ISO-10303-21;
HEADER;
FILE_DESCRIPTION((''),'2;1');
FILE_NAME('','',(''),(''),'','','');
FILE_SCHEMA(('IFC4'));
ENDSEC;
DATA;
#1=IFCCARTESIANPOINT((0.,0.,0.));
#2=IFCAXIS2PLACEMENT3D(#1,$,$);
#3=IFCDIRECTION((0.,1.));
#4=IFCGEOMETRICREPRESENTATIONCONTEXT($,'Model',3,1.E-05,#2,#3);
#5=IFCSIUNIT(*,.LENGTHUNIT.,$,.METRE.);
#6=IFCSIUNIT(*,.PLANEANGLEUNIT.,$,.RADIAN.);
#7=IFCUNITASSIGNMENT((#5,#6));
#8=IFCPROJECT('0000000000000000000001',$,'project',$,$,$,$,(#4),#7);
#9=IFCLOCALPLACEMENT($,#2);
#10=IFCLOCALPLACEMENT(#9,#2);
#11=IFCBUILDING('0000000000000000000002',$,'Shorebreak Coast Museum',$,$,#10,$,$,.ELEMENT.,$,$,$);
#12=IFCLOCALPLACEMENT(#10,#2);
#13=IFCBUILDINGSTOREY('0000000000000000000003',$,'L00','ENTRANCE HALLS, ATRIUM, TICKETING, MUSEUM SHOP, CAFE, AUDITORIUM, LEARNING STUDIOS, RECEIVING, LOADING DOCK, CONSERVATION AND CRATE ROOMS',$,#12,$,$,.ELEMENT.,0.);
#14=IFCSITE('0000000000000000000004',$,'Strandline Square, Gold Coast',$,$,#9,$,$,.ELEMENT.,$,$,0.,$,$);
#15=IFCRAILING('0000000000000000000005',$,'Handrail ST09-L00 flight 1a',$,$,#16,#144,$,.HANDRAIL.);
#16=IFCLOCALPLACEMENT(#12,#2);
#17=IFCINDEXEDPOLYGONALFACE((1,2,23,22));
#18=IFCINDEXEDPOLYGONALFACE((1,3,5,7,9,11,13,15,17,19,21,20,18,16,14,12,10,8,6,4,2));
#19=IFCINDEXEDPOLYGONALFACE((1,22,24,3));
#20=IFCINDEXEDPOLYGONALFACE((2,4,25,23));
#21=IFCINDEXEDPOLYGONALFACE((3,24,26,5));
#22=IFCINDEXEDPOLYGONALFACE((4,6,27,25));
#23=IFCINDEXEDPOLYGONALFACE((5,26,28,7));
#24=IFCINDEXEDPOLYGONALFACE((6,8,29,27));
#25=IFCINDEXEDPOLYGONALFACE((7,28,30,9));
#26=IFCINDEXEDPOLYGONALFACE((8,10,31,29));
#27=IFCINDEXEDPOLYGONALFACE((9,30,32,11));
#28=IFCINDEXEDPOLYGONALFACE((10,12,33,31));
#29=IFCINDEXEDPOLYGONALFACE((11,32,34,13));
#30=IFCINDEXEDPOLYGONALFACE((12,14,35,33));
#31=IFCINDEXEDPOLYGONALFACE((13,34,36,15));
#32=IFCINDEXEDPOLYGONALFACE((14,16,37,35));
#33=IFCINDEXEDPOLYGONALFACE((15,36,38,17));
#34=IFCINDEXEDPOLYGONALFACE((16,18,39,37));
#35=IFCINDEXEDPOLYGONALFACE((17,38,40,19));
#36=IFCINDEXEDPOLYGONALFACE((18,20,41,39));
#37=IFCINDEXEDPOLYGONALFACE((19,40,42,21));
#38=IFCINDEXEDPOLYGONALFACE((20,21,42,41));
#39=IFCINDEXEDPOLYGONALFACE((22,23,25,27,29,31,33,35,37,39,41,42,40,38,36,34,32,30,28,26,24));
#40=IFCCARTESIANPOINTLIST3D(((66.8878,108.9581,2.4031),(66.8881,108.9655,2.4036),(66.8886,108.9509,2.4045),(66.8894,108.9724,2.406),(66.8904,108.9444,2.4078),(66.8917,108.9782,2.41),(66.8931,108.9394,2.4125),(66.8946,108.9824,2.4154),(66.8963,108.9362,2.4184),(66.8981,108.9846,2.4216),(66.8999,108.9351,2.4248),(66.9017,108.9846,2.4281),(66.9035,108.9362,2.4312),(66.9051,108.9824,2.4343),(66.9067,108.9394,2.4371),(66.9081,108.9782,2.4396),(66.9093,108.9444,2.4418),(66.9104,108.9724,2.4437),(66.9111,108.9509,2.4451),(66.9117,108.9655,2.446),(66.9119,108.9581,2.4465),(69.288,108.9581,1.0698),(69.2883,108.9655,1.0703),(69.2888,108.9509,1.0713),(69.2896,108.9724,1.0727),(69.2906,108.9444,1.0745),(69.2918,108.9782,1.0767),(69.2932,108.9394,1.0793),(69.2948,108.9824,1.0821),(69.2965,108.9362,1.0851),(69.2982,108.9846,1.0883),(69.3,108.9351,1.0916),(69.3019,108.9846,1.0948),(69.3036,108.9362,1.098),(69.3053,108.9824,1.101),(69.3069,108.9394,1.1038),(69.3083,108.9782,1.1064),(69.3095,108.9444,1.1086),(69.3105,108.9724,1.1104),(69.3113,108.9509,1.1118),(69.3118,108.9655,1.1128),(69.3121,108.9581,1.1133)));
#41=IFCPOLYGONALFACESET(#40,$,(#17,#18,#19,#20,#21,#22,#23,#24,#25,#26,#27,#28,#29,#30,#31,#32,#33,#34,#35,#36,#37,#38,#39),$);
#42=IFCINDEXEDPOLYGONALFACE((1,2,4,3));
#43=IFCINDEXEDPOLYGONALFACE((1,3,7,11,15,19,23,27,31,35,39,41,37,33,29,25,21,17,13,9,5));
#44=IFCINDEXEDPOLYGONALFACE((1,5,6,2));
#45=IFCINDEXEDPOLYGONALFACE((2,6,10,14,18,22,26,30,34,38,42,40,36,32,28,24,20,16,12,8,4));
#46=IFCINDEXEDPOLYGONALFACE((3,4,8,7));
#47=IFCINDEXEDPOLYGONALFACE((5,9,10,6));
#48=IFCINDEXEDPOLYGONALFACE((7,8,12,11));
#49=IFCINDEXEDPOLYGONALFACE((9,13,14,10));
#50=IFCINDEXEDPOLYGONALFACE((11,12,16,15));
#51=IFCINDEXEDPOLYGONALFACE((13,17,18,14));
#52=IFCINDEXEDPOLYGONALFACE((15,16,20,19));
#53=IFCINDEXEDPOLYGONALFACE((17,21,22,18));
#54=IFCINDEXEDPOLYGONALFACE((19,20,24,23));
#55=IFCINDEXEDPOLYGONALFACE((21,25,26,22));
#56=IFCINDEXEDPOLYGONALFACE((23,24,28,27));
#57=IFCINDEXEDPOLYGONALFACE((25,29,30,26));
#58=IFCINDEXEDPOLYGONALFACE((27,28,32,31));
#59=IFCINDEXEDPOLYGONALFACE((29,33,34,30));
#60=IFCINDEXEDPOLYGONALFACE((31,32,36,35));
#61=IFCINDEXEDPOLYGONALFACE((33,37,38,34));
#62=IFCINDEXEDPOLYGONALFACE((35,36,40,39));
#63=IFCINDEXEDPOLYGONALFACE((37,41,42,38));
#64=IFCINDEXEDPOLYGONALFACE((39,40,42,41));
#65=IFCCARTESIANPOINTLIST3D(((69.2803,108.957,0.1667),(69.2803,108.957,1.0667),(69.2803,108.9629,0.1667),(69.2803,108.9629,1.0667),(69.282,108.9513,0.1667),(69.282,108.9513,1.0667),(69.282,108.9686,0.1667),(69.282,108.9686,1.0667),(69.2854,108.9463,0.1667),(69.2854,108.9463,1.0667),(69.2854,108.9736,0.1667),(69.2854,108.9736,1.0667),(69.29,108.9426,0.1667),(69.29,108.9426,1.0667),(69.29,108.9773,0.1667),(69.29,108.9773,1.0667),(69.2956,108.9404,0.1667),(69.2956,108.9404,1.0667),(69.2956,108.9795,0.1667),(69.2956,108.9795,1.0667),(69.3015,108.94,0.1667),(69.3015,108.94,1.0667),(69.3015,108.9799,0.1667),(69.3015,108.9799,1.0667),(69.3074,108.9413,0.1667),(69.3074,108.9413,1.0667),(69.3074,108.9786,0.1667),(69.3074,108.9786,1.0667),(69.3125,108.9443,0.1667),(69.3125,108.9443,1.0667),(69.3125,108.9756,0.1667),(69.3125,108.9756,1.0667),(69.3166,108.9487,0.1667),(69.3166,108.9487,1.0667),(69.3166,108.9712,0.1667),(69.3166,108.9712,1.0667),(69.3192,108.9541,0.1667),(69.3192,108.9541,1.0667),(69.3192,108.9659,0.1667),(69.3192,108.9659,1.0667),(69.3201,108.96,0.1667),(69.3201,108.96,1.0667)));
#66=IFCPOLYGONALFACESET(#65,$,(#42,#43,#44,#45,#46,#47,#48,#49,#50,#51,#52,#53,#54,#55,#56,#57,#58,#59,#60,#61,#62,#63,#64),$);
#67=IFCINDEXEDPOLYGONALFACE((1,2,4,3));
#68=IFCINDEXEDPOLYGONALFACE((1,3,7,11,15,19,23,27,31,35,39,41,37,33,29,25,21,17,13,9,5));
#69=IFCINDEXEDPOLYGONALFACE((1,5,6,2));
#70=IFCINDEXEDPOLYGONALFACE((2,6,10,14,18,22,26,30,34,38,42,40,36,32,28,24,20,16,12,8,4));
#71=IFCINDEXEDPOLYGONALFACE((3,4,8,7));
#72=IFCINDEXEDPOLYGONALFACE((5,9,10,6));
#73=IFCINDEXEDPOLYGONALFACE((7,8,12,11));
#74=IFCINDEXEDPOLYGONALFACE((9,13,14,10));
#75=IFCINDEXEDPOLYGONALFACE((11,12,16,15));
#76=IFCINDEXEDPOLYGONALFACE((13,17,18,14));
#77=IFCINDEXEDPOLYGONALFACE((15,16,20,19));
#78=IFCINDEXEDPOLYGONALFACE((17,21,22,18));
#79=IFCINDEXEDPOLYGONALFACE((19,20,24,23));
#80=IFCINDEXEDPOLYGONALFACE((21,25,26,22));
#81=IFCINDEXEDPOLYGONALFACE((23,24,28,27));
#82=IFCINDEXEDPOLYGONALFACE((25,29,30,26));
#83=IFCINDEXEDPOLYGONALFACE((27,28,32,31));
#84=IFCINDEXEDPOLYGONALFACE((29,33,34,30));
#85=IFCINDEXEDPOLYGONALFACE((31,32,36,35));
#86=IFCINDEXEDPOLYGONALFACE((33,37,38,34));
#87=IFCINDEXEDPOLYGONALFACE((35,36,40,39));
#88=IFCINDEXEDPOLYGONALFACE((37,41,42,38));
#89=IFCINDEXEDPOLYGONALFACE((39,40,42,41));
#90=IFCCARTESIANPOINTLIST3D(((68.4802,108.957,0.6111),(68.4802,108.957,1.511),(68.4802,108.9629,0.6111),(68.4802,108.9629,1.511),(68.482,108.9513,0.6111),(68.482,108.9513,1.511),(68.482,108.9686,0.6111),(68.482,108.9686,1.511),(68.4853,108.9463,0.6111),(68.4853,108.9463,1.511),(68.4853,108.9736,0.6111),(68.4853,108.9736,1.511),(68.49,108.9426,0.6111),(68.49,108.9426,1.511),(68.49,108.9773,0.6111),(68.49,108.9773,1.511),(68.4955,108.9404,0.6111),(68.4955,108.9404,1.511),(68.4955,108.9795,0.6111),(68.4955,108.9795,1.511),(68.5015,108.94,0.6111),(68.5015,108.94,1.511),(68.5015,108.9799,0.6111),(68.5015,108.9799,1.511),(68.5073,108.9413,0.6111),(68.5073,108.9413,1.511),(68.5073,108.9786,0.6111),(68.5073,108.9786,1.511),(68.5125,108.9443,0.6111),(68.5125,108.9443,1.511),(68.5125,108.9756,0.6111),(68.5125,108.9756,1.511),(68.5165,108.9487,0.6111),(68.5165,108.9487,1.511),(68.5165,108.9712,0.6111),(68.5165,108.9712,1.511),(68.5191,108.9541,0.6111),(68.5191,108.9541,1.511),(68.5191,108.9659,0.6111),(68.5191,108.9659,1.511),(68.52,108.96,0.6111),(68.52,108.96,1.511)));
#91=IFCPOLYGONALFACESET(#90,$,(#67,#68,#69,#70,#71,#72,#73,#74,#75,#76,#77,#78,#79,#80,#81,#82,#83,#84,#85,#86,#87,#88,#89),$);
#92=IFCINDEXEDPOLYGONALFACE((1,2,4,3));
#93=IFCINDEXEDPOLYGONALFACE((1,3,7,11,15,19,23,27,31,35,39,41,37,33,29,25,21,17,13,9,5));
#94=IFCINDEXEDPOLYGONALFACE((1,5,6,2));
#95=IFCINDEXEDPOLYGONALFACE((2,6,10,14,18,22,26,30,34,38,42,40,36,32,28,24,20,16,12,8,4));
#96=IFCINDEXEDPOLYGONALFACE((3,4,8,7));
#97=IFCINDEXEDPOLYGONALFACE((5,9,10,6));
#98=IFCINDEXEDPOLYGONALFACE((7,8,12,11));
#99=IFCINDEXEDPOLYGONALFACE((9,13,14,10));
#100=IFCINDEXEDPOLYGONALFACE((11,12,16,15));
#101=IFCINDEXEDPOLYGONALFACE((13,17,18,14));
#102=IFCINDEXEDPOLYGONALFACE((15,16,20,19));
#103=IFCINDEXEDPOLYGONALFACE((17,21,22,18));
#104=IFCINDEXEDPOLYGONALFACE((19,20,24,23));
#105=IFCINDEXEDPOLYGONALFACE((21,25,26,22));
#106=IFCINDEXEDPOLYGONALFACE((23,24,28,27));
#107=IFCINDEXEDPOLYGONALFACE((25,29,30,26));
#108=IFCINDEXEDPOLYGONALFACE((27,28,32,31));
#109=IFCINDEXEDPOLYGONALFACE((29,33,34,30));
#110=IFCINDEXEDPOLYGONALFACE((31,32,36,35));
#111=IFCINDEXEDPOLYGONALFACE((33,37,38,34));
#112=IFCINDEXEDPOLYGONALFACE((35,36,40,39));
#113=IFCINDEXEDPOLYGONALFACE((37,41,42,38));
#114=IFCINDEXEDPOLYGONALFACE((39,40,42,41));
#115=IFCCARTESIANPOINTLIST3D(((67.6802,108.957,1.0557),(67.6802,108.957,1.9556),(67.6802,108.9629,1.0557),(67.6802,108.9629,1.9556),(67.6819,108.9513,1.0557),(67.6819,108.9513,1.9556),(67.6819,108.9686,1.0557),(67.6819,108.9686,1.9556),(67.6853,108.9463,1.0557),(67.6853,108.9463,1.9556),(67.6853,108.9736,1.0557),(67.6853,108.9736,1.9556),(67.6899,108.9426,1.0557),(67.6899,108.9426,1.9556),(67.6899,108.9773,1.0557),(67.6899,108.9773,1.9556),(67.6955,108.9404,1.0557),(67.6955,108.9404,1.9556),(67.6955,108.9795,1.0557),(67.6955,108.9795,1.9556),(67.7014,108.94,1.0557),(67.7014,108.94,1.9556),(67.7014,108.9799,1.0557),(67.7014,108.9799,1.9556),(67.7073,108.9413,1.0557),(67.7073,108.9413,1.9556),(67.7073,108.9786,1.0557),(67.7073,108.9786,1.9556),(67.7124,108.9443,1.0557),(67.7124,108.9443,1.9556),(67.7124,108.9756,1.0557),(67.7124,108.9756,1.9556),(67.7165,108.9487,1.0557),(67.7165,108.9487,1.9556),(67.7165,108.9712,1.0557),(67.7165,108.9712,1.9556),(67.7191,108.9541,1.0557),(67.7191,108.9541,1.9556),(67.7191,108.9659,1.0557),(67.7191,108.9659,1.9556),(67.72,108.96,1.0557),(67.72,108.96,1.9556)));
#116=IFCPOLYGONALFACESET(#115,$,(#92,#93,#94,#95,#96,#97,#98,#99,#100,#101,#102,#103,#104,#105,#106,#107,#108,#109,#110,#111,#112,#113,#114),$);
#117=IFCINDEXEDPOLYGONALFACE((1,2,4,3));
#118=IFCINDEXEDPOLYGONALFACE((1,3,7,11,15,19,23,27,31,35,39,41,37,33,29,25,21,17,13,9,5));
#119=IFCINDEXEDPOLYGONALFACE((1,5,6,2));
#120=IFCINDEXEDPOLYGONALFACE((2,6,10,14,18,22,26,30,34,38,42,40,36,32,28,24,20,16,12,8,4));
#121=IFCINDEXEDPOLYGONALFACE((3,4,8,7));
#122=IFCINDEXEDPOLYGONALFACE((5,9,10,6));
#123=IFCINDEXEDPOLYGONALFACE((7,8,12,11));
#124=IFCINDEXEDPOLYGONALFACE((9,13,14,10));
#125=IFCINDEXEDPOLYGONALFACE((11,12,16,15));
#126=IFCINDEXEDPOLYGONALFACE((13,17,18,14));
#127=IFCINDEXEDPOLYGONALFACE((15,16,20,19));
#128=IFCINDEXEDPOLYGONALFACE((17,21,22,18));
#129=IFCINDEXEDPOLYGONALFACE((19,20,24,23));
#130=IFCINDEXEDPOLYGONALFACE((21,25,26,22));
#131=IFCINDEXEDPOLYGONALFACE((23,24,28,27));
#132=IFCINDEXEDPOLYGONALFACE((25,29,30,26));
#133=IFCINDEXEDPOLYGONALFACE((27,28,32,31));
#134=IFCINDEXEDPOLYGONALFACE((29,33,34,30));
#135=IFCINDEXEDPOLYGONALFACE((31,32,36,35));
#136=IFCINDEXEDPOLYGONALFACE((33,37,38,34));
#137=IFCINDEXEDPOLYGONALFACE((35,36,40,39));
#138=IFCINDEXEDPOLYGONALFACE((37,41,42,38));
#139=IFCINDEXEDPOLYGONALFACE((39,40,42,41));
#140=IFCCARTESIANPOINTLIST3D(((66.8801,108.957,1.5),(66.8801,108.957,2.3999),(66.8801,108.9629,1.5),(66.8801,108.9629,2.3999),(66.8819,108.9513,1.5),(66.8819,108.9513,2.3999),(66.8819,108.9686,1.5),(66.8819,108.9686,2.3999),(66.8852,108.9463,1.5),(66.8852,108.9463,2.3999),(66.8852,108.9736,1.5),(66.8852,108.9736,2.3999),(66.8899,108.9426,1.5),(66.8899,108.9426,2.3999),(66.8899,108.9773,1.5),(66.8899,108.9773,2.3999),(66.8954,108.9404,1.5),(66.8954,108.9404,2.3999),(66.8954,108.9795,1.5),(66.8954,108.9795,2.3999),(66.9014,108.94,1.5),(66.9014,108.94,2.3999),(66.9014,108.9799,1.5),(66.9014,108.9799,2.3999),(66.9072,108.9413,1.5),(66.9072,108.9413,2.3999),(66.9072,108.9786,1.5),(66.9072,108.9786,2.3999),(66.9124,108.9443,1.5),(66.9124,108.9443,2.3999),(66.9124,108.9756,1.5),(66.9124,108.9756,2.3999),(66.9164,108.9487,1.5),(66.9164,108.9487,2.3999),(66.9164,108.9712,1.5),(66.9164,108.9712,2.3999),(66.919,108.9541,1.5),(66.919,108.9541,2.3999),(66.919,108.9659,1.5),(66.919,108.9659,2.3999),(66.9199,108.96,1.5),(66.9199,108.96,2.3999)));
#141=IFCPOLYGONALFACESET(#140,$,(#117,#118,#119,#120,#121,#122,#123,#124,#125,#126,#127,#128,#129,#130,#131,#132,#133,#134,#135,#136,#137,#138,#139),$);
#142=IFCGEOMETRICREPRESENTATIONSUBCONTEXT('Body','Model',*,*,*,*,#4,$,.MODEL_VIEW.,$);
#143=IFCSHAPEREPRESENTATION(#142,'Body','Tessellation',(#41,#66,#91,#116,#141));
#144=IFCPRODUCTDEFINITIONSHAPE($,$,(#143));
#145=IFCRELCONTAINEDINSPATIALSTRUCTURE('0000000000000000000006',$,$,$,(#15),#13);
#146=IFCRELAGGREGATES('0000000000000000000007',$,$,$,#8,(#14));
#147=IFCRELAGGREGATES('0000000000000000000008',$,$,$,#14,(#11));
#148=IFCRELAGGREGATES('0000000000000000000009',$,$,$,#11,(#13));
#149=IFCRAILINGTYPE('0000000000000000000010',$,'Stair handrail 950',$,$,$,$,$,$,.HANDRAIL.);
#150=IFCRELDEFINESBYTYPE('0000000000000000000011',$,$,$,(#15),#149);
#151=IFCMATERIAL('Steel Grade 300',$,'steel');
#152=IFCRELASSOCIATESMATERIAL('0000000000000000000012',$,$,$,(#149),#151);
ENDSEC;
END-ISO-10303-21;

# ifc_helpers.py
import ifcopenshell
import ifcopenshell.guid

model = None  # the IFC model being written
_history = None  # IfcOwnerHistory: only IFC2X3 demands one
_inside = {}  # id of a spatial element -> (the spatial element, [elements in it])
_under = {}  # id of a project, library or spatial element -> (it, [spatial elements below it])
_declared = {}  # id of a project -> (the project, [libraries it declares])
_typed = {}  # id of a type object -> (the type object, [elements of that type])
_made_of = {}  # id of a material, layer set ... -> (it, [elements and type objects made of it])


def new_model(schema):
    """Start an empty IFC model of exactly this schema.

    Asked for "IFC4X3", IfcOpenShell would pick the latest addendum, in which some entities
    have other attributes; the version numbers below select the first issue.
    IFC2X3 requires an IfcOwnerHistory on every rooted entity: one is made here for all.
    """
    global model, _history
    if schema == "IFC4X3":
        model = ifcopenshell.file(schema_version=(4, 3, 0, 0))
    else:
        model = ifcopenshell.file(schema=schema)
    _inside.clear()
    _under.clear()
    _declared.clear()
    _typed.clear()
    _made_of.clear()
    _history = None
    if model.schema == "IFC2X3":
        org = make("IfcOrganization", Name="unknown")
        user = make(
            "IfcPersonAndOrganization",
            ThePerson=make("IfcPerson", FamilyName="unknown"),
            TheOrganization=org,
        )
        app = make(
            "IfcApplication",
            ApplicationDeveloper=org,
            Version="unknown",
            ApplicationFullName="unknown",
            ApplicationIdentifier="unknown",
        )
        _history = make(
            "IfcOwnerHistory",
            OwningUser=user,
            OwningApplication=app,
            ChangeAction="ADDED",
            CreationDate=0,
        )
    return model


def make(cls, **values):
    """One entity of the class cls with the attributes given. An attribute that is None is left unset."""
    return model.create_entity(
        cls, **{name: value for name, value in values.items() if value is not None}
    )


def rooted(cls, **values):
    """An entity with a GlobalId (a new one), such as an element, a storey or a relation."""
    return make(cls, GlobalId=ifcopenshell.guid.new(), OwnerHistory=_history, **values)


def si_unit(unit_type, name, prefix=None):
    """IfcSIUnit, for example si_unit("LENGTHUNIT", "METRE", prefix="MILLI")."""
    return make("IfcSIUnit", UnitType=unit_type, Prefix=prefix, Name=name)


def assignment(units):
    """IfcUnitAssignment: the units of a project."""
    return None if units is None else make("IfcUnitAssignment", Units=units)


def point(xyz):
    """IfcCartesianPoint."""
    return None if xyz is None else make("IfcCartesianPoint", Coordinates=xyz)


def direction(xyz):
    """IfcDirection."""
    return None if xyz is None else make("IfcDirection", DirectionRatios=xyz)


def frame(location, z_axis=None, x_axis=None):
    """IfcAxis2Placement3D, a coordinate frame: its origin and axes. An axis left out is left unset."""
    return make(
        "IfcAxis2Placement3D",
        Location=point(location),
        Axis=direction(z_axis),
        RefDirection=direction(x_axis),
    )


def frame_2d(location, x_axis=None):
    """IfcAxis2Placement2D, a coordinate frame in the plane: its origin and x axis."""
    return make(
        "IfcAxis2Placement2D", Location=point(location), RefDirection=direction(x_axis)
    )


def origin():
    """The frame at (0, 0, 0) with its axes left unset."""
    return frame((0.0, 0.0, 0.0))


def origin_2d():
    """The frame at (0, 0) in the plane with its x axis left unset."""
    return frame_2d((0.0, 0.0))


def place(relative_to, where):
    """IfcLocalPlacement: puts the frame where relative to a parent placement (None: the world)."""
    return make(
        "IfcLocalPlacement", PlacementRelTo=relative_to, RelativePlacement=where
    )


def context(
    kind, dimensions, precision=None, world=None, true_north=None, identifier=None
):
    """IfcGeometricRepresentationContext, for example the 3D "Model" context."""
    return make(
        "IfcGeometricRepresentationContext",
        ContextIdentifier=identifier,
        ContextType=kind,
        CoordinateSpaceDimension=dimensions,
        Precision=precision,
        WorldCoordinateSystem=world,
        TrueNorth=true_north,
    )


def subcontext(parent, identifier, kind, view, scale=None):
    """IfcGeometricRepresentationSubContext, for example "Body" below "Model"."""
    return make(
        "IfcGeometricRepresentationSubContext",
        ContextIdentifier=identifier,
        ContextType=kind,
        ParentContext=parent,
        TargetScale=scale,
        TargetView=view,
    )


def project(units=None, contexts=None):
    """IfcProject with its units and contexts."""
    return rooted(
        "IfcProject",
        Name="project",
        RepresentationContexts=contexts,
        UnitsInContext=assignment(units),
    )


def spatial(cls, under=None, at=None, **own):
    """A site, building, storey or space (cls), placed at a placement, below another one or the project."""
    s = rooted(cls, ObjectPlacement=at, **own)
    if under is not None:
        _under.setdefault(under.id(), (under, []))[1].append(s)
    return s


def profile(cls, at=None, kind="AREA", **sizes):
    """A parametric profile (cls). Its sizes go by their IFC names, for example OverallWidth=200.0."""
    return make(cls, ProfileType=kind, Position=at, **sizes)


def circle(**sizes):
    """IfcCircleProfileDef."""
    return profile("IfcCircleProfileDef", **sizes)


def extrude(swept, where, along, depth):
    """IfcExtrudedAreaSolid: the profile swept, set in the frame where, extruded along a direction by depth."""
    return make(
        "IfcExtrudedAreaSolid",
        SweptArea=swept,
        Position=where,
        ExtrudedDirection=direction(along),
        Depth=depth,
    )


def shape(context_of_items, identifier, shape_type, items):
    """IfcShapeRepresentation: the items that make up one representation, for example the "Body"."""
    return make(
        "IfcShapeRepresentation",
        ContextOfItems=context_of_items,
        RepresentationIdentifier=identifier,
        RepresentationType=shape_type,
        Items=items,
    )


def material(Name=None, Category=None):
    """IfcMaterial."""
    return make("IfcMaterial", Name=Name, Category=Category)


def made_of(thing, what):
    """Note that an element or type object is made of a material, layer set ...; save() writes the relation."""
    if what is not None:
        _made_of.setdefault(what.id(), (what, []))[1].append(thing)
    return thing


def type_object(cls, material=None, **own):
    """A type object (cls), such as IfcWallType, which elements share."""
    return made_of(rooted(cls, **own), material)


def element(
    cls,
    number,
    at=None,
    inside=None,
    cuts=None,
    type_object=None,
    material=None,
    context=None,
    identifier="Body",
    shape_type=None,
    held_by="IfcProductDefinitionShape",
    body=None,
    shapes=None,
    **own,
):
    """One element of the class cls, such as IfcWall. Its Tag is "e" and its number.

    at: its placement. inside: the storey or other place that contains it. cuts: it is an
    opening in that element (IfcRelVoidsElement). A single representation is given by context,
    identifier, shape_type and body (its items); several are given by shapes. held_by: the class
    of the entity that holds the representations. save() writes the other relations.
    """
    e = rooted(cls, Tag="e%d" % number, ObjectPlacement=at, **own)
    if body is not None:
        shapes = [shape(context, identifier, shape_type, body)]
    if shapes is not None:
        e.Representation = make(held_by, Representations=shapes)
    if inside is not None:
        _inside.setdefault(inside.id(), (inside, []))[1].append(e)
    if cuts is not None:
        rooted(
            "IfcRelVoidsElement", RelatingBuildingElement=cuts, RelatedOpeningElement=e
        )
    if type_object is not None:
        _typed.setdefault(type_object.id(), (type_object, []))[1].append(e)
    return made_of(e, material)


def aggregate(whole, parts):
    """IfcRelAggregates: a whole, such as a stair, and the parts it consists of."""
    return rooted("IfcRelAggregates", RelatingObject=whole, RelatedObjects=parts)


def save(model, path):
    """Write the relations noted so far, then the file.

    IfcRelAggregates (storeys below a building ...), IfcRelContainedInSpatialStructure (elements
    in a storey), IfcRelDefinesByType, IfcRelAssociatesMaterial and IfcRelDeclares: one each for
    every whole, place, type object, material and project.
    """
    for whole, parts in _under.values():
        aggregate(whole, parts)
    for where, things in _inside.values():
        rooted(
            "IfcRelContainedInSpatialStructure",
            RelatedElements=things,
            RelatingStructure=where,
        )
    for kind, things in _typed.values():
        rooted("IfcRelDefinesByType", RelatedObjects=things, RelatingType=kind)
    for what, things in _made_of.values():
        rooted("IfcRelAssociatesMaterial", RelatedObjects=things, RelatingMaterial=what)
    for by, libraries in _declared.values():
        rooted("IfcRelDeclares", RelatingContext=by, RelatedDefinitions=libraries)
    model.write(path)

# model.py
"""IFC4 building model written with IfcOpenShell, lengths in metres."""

from ifc_helpers import new_model, si_unit, direction, frame, origin, origin_2d, place, context, subcontext, project, spatial, circle, extrude, material, type_object, element, save


model = new_model("IFC4")

# Units and contexts
model_context = context("Model", 3, precision=1e-05, world=origin(), true_north=direction((0.0, 1.0)))
body_context = subcontext(model_context, "Body", "Model", "MODEL_VIEW")
ifc_project = project(units=[si_unit("LENGTHUNIT", "METRE"), si_unit("PLANEANGLEUNIT", "RADIAN")], contexts=[model_context])

# Site, building, storey
site_placement = place(None, origin())
site = spatial("IfcSite", under=ifc_project, at=site_placement, Name="Strandline Square, Gold Coast", CompositionType="ELEMENT", RefElevation=0.0)
building_placement = place(site_placement, origin())
building = spatial("IfcBuilding", under=site, at=building_placement, Name="Shorebreak Coast Museum", CompositionType="ELEMENT")
storey_placement = place(building_placement, origin())
storey = spatial("IfcBuildingStorey", under=building, at=storey_placement, Name="L00", Description="ENTRANCE HALLS, ATRIUM, TICKETING, MUSEUM SHOP, CAFE, AUDITORIUM, LEARNING STUDIOS, RECEIVING, LOADING DOCK, CONSERVATION AND CRATE ROOMS", CompositionType="ELEMENT", Elevation=0.0)

# Railing
ifc_material_1 = material(Name="Steel Grade 300", Category="steel")
railing_type_1 = type_object("IfcRailingType", Name="Stair handrail 950", PredefinedType="HANDRAIL", material=ifc_material_1)
for number, where, name in (
    (1, (69.3, 108.96, 0.1667), "Handrail ST09-L00 flight 1a"),
):
    element("IfcRailing", number, at=place(storey_placement, frame(where)), inside=storey, type_object=railing_type_1, Name=name, PredefinedType="HANDRAIL", context=body_context, shape_type="SweptSolid", body=[
        extrude(circle(Radius=0.0249, at=origin_2d()), frame((0.0, 0.0, 0.9248), z_axis=(-0.874182, 0.0, 0.485598), x_axis=(0.0, -1.0, 0.0)), (0.0, 0.0, 1.0), 2.7456),
        extrude(circle(Radius=0.02, at=origin_2d()), origin(), (0.0, 0.0, 1.0), 0.8999),
        extrude(circle(Radius=0.02, at=origin_2d()), frame((-0.8, 0.0, 0.4443)), (0.0, 0.0, 1.0), 0.8999),
        extrude(circle(Radius=0.02, at=origin_2d()), frame((-1.6001, 0.0, 0.8889)), (0.0, 0.0, 1.0), 0.8999),
        extrude(circle(Radius=0.02, at=origin_2d()), frame((-2.4001, 0.0, 1.3333)), (0.0, 0.0, 1.0), 0.8999),
    ])

save(model, "model.ifc")
